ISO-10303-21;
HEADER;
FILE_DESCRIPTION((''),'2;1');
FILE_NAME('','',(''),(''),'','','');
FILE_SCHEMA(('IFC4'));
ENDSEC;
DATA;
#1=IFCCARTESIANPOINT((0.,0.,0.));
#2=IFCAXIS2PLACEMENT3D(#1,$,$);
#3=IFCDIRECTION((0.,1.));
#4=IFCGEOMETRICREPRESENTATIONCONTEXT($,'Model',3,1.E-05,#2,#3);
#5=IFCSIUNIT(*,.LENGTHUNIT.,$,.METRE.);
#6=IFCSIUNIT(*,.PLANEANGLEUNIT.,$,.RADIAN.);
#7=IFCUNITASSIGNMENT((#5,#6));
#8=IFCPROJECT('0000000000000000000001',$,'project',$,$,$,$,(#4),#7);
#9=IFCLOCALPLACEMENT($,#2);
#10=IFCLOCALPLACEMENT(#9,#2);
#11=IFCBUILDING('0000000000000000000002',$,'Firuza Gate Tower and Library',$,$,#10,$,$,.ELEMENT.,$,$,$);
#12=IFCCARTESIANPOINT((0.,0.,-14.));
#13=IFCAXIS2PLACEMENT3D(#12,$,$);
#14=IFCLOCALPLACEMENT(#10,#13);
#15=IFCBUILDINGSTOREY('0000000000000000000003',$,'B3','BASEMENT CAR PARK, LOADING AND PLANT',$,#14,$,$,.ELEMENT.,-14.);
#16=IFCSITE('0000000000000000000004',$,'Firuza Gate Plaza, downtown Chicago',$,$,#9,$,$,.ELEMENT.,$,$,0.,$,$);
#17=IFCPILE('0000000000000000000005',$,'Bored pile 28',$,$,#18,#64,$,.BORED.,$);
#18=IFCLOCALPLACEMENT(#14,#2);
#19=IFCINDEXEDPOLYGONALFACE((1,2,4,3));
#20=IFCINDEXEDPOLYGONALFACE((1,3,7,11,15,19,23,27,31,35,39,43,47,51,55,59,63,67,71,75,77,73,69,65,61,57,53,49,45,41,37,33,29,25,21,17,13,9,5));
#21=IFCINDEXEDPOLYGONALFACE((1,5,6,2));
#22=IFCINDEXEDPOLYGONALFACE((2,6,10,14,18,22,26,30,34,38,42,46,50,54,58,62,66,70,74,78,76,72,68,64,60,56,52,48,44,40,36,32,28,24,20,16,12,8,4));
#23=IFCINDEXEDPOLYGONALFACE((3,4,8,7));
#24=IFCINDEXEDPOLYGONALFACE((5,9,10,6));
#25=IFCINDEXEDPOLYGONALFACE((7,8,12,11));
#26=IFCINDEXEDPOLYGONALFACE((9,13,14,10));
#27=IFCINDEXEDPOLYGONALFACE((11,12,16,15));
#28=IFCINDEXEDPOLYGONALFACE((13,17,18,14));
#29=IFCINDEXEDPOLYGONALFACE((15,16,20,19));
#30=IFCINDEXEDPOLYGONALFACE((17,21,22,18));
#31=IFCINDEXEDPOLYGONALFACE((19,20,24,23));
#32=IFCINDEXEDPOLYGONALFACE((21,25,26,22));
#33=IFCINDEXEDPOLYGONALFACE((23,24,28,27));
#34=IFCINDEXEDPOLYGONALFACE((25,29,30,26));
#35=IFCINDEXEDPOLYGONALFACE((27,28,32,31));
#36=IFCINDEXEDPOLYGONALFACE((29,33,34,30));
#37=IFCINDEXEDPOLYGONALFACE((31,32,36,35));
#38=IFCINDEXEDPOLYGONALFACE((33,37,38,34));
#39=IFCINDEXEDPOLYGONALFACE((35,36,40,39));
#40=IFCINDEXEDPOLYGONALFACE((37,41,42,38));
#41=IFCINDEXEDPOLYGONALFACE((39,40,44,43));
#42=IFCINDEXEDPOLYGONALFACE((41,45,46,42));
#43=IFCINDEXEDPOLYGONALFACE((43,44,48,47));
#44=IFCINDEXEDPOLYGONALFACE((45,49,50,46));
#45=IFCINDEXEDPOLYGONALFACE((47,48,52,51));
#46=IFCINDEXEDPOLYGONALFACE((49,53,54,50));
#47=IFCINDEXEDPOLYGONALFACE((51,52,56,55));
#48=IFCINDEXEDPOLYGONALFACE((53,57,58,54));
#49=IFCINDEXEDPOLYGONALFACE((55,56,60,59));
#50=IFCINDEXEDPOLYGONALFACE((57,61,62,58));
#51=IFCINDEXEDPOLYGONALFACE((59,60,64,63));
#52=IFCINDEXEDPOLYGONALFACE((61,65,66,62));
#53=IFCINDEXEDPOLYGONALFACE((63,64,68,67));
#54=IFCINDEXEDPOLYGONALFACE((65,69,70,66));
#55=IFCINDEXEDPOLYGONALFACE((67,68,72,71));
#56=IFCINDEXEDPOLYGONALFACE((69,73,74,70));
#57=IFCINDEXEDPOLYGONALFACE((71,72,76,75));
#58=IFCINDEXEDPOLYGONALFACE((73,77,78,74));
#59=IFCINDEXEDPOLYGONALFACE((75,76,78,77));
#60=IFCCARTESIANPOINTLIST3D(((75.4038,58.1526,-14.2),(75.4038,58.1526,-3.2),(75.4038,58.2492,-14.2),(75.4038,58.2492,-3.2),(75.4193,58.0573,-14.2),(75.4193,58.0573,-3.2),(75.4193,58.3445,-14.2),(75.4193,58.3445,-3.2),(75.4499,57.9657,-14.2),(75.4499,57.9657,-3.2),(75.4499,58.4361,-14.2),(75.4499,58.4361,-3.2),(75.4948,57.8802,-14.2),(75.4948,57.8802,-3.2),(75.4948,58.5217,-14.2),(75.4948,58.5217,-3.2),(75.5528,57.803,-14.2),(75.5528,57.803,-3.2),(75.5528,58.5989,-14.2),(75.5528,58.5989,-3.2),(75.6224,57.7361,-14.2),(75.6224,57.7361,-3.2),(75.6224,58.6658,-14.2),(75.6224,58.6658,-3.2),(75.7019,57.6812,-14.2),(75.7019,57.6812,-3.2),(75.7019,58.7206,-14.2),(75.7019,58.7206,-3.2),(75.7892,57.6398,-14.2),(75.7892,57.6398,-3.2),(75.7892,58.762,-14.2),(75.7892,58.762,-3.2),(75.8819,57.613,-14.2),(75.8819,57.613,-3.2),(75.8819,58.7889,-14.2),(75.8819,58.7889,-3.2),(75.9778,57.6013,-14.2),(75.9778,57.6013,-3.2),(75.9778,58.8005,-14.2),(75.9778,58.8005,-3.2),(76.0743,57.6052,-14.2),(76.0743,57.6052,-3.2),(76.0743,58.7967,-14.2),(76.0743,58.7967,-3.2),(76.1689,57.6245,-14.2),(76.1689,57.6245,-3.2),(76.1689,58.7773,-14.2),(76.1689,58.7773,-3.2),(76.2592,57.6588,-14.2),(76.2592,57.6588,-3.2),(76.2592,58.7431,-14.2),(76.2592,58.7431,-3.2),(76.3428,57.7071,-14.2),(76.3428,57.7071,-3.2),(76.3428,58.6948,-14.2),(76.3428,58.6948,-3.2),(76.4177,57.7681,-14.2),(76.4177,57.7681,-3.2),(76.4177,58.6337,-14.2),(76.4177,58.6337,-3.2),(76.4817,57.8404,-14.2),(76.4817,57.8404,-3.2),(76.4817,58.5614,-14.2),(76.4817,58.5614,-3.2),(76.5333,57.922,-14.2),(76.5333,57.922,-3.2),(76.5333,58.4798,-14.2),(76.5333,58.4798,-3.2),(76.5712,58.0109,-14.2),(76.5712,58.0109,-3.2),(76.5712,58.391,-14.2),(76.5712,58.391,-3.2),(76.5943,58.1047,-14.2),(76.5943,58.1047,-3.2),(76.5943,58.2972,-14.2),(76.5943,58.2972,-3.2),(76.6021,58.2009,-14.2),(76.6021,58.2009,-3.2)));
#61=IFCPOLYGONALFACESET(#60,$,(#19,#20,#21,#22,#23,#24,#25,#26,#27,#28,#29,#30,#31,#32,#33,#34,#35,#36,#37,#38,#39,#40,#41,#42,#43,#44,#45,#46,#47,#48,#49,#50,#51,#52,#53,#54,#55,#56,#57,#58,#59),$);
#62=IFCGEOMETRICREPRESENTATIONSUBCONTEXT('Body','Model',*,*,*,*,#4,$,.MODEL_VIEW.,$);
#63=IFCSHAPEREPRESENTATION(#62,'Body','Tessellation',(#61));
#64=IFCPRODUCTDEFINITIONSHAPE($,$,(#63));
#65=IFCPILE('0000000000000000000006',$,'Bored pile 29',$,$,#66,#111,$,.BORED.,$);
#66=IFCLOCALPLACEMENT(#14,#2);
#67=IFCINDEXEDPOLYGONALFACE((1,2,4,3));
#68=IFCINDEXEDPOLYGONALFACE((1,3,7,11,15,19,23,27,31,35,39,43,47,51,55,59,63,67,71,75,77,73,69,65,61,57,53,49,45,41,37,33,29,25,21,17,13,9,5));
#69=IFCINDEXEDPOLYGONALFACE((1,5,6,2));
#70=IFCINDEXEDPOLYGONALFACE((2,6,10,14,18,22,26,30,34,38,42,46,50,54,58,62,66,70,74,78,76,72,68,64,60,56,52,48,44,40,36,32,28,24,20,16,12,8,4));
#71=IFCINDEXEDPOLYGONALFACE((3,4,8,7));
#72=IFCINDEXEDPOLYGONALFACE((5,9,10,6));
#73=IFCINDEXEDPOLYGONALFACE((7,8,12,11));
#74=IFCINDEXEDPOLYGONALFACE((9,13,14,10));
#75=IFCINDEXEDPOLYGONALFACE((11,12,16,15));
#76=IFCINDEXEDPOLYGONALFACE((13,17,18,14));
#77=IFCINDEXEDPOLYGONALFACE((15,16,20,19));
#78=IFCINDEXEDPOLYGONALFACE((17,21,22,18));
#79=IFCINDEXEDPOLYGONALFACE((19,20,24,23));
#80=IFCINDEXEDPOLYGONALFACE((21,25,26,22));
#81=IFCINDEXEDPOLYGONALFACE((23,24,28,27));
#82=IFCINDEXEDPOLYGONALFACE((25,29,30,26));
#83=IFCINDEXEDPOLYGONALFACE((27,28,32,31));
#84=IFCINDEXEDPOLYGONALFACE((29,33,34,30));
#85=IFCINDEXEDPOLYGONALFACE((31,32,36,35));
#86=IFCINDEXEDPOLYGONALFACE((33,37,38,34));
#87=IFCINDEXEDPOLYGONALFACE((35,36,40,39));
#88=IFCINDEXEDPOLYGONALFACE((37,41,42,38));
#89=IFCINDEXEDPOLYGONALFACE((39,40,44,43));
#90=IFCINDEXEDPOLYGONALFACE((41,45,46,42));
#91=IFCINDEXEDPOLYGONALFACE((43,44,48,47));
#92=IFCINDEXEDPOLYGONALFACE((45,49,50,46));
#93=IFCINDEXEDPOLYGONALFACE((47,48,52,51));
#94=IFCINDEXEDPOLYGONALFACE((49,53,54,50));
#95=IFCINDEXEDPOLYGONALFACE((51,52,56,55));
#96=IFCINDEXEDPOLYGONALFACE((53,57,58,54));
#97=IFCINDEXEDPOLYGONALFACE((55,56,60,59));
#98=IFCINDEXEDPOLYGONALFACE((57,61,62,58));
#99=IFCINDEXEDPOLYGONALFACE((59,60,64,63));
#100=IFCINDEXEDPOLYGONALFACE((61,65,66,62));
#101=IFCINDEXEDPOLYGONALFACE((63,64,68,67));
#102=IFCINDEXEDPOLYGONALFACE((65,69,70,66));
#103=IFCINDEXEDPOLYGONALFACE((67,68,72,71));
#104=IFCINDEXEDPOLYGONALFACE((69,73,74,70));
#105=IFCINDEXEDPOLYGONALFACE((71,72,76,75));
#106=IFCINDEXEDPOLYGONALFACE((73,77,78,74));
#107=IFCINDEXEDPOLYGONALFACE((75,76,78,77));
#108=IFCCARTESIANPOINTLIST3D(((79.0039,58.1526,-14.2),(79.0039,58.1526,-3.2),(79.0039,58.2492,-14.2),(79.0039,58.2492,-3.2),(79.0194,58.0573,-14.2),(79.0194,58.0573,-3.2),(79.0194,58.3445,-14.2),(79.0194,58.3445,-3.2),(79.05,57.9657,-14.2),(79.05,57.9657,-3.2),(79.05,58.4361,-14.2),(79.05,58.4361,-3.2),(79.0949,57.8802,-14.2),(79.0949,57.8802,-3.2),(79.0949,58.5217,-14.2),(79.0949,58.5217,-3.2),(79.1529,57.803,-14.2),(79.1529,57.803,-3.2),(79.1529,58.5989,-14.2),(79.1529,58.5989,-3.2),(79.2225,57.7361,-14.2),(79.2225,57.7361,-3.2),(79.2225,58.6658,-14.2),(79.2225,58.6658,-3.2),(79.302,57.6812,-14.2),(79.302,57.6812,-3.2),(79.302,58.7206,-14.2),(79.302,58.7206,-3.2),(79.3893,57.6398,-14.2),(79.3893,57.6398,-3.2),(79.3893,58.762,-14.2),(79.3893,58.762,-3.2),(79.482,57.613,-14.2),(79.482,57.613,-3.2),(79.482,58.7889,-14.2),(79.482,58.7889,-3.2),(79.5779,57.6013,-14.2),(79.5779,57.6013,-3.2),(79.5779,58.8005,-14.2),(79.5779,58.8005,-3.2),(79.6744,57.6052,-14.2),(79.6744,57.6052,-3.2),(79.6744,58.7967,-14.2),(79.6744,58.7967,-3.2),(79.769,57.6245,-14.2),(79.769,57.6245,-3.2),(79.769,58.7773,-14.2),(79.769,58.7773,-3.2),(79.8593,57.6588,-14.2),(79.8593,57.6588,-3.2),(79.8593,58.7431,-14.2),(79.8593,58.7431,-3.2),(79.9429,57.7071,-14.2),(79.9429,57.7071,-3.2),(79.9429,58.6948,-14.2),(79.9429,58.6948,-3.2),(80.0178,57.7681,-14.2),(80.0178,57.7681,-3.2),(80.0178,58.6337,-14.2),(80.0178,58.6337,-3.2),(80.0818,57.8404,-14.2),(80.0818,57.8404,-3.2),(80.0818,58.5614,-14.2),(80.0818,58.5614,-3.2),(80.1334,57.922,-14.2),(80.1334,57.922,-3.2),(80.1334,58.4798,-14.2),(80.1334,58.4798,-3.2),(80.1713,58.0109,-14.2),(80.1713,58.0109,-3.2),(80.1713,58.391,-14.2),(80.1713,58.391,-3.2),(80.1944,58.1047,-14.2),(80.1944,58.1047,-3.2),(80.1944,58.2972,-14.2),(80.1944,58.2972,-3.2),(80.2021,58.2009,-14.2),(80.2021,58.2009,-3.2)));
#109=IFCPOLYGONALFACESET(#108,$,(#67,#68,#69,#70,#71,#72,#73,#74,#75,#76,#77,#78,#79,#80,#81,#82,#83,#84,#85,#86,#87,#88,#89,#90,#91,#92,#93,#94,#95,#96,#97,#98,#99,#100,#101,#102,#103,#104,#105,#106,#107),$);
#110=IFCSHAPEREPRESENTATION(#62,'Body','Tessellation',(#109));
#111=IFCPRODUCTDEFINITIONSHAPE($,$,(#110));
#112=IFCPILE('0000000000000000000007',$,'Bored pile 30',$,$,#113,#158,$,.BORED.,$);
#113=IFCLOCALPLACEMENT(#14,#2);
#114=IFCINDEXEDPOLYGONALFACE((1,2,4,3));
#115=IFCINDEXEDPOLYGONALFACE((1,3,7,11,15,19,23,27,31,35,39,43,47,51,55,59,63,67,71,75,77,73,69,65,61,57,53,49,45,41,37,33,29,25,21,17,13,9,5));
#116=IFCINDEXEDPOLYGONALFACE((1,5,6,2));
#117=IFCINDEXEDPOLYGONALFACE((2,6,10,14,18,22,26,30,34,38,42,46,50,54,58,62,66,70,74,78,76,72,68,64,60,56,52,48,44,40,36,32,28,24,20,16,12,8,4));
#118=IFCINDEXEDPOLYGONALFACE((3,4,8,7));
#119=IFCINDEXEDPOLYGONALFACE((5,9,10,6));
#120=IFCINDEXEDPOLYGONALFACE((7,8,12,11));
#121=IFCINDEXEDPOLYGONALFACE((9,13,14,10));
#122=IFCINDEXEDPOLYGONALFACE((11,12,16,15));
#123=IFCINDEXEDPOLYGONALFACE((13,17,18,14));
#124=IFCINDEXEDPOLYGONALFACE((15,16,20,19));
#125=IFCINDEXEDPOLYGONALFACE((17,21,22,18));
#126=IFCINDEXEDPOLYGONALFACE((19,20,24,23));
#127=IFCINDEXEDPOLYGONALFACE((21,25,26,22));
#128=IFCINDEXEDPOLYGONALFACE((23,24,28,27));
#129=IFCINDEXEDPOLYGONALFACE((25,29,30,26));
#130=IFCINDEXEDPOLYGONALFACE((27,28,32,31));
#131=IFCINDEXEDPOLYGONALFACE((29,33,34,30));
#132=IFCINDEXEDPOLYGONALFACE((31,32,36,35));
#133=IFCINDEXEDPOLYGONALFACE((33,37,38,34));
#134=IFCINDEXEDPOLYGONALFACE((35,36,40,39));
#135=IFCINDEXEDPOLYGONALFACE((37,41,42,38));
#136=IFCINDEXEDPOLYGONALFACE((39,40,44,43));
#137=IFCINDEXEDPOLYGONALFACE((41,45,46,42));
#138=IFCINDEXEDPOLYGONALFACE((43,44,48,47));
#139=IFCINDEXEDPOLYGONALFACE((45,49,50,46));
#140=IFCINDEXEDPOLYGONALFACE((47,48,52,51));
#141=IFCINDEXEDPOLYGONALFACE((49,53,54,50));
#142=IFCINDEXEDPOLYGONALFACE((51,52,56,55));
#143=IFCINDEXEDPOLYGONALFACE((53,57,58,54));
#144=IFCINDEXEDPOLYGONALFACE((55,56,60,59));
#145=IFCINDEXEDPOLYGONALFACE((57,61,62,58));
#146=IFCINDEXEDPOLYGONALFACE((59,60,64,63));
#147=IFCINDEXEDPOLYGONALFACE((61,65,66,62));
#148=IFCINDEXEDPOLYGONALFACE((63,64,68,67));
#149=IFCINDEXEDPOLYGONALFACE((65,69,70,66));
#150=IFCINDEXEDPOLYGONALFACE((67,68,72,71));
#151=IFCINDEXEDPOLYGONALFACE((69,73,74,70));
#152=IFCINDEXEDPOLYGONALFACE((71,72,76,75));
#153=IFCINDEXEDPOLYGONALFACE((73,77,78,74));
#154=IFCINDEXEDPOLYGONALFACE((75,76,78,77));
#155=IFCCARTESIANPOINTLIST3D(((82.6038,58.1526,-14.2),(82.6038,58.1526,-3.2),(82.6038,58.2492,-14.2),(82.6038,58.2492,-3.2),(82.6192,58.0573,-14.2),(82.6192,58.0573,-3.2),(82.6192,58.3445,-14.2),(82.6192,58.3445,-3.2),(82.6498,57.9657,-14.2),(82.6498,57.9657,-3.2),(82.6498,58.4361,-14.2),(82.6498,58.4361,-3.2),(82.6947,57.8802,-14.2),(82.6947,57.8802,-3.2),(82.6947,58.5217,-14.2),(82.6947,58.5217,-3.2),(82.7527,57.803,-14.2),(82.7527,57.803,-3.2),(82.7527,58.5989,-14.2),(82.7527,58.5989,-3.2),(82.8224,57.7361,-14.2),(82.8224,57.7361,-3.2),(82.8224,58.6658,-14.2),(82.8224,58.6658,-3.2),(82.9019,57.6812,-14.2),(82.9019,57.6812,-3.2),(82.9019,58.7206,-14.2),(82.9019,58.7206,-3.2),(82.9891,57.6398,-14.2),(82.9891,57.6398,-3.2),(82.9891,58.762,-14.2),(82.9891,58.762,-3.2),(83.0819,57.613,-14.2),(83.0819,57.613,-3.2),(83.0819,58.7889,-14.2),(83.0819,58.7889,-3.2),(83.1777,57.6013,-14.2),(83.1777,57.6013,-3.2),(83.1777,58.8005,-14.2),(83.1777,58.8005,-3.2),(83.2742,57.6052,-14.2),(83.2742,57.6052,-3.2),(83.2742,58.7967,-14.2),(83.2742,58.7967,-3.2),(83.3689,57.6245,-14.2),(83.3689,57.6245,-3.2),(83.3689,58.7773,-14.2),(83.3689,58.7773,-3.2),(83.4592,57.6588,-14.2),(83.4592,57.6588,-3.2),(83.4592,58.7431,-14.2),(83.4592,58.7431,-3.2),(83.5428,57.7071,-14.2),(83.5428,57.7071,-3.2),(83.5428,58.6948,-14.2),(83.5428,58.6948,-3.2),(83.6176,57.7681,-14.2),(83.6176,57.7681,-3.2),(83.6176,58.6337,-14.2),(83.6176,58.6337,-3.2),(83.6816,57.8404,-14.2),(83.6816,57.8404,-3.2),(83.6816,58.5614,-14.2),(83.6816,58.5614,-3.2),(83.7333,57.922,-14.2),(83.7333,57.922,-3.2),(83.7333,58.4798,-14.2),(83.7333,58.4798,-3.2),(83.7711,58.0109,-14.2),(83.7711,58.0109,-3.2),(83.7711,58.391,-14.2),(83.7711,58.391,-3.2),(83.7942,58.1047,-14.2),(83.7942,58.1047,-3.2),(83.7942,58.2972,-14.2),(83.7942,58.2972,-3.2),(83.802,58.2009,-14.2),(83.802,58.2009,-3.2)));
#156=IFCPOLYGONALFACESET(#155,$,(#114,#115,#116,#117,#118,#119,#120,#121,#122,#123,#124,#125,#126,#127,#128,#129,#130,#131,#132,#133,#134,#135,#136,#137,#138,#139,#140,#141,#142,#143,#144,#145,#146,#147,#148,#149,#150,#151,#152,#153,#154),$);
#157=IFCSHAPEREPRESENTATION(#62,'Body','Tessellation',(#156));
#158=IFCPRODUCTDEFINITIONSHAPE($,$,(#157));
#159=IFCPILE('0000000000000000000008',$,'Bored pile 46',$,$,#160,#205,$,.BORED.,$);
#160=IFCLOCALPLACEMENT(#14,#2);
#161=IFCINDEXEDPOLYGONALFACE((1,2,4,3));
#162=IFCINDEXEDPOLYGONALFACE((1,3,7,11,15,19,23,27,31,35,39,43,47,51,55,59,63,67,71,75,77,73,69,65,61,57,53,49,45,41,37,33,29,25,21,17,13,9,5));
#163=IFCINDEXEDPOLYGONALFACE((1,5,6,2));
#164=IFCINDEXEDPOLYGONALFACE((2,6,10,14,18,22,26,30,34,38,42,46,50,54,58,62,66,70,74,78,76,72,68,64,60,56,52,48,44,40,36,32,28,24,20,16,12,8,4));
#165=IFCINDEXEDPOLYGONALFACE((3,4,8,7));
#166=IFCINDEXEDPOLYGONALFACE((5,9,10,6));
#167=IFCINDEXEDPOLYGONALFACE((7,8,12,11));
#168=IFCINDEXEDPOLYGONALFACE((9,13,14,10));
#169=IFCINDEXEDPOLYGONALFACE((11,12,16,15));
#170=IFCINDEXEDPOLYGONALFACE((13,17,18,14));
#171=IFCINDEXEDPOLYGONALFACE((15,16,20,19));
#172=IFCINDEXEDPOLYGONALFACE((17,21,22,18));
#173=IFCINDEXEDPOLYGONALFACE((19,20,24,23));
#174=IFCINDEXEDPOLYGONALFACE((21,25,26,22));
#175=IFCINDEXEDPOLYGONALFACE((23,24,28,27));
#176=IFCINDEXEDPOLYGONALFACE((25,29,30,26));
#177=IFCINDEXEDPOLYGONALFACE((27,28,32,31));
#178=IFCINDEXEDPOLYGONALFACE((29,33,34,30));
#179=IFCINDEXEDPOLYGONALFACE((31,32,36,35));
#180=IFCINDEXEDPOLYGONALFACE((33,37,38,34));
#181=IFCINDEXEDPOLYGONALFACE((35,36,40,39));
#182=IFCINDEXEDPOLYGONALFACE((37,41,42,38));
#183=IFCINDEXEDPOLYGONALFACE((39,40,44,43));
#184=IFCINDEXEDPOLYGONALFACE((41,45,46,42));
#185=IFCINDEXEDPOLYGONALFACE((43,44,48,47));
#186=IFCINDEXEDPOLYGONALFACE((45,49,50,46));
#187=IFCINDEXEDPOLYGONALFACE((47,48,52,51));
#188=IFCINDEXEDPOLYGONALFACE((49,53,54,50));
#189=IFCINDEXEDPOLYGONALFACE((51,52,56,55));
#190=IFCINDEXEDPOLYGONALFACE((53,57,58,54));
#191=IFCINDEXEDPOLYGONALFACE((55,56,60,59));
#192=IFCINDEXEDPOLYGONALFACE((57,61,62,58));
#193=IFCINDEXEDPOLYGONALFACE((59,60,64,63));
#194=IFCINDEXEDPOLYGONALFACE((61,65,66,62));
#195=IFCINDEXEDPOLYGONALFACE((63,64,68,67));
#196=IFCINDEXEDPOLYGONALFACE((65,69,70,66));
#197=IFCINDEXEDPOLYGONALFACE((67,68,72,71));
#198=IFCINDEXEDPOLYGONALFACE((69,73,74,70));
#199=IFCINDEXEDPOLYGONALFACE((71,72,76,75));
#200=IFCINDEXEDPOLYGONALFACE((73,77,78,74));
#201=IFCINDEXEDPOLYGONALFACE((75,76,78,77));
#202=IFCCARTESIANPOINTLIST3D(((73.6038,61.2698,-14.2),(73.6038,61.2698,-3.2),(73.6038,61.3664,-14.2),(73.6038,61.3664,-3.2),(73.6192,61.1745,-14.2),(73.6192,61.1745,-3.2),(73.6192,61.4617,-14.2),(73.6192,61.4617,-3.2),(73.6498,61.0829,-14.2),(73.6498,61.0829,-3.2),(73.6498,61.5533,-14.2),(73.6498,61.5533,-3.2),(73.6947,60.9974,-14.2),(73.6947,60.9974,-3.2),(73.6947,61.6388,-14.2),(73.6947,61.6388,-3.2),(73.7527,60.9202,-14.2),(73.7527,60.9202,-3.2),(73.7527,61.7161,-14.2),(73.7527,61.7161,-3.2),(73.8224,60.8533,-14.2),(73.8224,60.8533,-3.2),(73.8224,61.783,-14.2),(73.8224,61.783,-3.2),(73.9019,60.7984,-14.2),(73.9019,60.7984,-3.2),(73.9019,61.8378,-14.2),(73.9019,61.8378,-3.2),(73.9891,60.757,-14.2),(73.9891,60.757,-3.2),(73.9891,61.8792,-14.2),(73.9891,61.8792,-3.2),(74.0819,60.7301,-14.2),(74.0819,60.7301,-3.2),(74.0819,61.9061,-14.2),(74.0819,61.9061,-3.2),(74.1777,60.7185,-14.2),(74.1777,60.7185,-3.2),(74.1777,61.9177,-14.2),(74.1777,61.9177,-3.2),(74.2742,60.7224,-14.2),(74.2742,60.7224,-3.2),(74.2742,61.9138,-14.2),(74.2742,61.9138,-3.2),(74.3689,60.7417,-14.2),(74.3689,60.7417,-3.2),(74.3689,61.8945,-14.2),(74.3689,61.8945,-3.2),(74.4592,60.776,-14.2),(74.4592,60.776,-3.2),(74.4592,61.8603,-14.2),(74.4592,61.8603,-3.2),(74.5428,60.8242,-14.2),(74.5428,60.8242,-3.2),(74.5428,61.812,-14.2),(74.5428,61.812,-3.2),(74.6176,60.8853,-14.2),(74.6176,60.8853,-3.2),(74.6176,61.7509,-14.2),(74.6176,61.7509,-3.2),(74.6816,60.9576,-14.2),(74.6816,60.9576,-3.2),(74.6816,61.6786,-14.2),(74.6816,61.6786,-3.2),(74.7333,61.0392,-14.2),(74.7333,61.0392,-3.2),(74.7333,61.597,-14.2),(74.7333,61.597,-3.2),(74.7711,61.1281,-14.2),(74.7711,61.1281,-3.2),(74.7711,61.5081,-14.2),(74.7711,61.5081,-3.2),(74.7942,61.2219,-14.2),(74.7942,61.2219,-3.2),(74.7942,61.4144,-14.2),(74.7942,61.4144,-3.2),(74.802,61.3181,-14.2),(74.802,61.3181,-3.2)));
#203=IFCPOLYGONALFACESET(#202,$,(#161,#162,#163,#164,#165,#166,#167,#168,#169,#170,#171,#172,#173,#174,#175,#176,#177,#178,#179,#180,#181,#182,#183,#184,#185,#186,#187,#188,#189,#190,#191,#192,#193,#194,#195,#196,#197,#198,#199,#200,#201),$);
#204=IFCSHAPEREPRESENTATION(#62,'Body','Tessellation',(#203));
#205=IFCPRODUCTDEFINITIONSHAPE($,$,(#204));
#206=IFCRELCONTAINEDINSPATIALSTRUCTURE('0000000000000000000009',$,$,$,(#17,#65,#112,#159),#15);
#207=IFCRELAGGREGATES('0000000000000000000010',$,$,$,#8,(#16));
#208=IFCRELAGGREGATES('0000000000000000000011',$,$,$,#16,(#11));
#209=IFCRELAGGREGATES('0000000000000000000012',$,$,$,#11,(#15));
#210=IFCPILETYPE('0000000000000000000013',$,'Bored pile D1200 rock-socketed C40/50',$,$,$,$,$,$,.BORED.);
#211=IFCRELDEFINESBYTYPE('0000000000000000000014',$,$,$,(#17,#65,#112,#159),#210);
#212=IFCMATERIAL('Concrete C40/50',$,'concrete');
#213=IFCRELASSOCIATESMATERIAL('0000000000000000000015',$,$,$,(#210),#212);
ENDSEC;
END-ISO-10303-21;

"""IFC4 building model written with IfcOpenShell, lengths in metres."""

from ifc_helpers import new_model, si_unit, direction, frame, origin, origin_2d, place, context, subcontext, project, spatial, circle, extrude, material, material_profile, profile_set, type_object, element, save


model = new_model("IFC4")

# Units and contexts
model_context = context("Model", 3, precision=1e-05, world=origin(), true_north=direction((0.0, 1.0)))
body_context = subcontext(model_context, "Body", "Model", "MODEL_VIEW")
ifc_project = project(units=[si_unit("LENGTHUNIT", "METRE"), si_unit("PLANEANGLEUNIT", "RADIAN")], contexts=[model_context])

# Site, building, storey
site_placement = place(None, origin())
site = spatial("IfcSite", under=ifc_project, at=site_placement, Name="Firuza Gate Plaza, downtown Chicago", CompositionType="ELEMENT", RefElevation=0.0)
building_placement = place(site_placement, origin())
building = spatial("IfcBuilding", under=site, at=building_placement, Name="Firuza Gate Tower and Library", CompositionType="ELEMENT")
storey_placement = place(building_placement, frame((0.0, 0.0, -14.0)))
storey = spatial("IfcBuildingStorey", under=building, at=storey_placement, Name="B3", Description="BASEMENT CAR PARK, LOADING AND PLANT", CompositionType="ELEMENT", Elevation=-14.0)

# Piles
ifc_material_1 = material(Name="Concrete C40/50", Category="concrete")
ifc_material_profile_1 = material_profile(ifc_material_1, circle(Radius=0.6001, at=origin_2d()))
ifc_profile_set_1 = profile_set([ifc_material_profile_1], Name="Concrete C40/50")
pile_type = type_object("IfcPileType", Name="Bored pile D1200 rock-socketed C40/50", PredefinedType="BORED", material=ifc_profile_set_1)
for number, where, z_axis, x_axis, name in (
    (1, (76.002, 58.2009, -3.2), (0.0, 0.0, -1.0), (1.0, 0.0, 0.0), "Bored pile 28"),
    (2, (79.6021, 58.2009, -3.2), (0.0, 0.0, -1.0), (1.0, 0.0, 0.0), "Bored pile 29"),
    (3, (83.2019, 58.2009, -3.2), (0.0, 0.0, -1.0), (1.0, 0.0, 0.0), "Bored pile 30"),
    (4, (74.2019, 61.3181, -3.2), (0.0, 0.0, -1.0), (1.0, 0.0, 0.0), "Bored pile 46"),
):
    element("IfcPile", number, at=place(storey_placement, frame(where, z_axis=z_axis, x_axis=x_axis)), inside=storey, type_object=pile_type, Name=name, PredefinedType="BORED", context=body_context, shape_type="SweptSolid", body=[
        extrude(circle(Radius=0.6001, at=origin_2d()), origin(), (0.0, 0.0, 1.0), 11.0),
    ])

save(model, "model.ifc")
